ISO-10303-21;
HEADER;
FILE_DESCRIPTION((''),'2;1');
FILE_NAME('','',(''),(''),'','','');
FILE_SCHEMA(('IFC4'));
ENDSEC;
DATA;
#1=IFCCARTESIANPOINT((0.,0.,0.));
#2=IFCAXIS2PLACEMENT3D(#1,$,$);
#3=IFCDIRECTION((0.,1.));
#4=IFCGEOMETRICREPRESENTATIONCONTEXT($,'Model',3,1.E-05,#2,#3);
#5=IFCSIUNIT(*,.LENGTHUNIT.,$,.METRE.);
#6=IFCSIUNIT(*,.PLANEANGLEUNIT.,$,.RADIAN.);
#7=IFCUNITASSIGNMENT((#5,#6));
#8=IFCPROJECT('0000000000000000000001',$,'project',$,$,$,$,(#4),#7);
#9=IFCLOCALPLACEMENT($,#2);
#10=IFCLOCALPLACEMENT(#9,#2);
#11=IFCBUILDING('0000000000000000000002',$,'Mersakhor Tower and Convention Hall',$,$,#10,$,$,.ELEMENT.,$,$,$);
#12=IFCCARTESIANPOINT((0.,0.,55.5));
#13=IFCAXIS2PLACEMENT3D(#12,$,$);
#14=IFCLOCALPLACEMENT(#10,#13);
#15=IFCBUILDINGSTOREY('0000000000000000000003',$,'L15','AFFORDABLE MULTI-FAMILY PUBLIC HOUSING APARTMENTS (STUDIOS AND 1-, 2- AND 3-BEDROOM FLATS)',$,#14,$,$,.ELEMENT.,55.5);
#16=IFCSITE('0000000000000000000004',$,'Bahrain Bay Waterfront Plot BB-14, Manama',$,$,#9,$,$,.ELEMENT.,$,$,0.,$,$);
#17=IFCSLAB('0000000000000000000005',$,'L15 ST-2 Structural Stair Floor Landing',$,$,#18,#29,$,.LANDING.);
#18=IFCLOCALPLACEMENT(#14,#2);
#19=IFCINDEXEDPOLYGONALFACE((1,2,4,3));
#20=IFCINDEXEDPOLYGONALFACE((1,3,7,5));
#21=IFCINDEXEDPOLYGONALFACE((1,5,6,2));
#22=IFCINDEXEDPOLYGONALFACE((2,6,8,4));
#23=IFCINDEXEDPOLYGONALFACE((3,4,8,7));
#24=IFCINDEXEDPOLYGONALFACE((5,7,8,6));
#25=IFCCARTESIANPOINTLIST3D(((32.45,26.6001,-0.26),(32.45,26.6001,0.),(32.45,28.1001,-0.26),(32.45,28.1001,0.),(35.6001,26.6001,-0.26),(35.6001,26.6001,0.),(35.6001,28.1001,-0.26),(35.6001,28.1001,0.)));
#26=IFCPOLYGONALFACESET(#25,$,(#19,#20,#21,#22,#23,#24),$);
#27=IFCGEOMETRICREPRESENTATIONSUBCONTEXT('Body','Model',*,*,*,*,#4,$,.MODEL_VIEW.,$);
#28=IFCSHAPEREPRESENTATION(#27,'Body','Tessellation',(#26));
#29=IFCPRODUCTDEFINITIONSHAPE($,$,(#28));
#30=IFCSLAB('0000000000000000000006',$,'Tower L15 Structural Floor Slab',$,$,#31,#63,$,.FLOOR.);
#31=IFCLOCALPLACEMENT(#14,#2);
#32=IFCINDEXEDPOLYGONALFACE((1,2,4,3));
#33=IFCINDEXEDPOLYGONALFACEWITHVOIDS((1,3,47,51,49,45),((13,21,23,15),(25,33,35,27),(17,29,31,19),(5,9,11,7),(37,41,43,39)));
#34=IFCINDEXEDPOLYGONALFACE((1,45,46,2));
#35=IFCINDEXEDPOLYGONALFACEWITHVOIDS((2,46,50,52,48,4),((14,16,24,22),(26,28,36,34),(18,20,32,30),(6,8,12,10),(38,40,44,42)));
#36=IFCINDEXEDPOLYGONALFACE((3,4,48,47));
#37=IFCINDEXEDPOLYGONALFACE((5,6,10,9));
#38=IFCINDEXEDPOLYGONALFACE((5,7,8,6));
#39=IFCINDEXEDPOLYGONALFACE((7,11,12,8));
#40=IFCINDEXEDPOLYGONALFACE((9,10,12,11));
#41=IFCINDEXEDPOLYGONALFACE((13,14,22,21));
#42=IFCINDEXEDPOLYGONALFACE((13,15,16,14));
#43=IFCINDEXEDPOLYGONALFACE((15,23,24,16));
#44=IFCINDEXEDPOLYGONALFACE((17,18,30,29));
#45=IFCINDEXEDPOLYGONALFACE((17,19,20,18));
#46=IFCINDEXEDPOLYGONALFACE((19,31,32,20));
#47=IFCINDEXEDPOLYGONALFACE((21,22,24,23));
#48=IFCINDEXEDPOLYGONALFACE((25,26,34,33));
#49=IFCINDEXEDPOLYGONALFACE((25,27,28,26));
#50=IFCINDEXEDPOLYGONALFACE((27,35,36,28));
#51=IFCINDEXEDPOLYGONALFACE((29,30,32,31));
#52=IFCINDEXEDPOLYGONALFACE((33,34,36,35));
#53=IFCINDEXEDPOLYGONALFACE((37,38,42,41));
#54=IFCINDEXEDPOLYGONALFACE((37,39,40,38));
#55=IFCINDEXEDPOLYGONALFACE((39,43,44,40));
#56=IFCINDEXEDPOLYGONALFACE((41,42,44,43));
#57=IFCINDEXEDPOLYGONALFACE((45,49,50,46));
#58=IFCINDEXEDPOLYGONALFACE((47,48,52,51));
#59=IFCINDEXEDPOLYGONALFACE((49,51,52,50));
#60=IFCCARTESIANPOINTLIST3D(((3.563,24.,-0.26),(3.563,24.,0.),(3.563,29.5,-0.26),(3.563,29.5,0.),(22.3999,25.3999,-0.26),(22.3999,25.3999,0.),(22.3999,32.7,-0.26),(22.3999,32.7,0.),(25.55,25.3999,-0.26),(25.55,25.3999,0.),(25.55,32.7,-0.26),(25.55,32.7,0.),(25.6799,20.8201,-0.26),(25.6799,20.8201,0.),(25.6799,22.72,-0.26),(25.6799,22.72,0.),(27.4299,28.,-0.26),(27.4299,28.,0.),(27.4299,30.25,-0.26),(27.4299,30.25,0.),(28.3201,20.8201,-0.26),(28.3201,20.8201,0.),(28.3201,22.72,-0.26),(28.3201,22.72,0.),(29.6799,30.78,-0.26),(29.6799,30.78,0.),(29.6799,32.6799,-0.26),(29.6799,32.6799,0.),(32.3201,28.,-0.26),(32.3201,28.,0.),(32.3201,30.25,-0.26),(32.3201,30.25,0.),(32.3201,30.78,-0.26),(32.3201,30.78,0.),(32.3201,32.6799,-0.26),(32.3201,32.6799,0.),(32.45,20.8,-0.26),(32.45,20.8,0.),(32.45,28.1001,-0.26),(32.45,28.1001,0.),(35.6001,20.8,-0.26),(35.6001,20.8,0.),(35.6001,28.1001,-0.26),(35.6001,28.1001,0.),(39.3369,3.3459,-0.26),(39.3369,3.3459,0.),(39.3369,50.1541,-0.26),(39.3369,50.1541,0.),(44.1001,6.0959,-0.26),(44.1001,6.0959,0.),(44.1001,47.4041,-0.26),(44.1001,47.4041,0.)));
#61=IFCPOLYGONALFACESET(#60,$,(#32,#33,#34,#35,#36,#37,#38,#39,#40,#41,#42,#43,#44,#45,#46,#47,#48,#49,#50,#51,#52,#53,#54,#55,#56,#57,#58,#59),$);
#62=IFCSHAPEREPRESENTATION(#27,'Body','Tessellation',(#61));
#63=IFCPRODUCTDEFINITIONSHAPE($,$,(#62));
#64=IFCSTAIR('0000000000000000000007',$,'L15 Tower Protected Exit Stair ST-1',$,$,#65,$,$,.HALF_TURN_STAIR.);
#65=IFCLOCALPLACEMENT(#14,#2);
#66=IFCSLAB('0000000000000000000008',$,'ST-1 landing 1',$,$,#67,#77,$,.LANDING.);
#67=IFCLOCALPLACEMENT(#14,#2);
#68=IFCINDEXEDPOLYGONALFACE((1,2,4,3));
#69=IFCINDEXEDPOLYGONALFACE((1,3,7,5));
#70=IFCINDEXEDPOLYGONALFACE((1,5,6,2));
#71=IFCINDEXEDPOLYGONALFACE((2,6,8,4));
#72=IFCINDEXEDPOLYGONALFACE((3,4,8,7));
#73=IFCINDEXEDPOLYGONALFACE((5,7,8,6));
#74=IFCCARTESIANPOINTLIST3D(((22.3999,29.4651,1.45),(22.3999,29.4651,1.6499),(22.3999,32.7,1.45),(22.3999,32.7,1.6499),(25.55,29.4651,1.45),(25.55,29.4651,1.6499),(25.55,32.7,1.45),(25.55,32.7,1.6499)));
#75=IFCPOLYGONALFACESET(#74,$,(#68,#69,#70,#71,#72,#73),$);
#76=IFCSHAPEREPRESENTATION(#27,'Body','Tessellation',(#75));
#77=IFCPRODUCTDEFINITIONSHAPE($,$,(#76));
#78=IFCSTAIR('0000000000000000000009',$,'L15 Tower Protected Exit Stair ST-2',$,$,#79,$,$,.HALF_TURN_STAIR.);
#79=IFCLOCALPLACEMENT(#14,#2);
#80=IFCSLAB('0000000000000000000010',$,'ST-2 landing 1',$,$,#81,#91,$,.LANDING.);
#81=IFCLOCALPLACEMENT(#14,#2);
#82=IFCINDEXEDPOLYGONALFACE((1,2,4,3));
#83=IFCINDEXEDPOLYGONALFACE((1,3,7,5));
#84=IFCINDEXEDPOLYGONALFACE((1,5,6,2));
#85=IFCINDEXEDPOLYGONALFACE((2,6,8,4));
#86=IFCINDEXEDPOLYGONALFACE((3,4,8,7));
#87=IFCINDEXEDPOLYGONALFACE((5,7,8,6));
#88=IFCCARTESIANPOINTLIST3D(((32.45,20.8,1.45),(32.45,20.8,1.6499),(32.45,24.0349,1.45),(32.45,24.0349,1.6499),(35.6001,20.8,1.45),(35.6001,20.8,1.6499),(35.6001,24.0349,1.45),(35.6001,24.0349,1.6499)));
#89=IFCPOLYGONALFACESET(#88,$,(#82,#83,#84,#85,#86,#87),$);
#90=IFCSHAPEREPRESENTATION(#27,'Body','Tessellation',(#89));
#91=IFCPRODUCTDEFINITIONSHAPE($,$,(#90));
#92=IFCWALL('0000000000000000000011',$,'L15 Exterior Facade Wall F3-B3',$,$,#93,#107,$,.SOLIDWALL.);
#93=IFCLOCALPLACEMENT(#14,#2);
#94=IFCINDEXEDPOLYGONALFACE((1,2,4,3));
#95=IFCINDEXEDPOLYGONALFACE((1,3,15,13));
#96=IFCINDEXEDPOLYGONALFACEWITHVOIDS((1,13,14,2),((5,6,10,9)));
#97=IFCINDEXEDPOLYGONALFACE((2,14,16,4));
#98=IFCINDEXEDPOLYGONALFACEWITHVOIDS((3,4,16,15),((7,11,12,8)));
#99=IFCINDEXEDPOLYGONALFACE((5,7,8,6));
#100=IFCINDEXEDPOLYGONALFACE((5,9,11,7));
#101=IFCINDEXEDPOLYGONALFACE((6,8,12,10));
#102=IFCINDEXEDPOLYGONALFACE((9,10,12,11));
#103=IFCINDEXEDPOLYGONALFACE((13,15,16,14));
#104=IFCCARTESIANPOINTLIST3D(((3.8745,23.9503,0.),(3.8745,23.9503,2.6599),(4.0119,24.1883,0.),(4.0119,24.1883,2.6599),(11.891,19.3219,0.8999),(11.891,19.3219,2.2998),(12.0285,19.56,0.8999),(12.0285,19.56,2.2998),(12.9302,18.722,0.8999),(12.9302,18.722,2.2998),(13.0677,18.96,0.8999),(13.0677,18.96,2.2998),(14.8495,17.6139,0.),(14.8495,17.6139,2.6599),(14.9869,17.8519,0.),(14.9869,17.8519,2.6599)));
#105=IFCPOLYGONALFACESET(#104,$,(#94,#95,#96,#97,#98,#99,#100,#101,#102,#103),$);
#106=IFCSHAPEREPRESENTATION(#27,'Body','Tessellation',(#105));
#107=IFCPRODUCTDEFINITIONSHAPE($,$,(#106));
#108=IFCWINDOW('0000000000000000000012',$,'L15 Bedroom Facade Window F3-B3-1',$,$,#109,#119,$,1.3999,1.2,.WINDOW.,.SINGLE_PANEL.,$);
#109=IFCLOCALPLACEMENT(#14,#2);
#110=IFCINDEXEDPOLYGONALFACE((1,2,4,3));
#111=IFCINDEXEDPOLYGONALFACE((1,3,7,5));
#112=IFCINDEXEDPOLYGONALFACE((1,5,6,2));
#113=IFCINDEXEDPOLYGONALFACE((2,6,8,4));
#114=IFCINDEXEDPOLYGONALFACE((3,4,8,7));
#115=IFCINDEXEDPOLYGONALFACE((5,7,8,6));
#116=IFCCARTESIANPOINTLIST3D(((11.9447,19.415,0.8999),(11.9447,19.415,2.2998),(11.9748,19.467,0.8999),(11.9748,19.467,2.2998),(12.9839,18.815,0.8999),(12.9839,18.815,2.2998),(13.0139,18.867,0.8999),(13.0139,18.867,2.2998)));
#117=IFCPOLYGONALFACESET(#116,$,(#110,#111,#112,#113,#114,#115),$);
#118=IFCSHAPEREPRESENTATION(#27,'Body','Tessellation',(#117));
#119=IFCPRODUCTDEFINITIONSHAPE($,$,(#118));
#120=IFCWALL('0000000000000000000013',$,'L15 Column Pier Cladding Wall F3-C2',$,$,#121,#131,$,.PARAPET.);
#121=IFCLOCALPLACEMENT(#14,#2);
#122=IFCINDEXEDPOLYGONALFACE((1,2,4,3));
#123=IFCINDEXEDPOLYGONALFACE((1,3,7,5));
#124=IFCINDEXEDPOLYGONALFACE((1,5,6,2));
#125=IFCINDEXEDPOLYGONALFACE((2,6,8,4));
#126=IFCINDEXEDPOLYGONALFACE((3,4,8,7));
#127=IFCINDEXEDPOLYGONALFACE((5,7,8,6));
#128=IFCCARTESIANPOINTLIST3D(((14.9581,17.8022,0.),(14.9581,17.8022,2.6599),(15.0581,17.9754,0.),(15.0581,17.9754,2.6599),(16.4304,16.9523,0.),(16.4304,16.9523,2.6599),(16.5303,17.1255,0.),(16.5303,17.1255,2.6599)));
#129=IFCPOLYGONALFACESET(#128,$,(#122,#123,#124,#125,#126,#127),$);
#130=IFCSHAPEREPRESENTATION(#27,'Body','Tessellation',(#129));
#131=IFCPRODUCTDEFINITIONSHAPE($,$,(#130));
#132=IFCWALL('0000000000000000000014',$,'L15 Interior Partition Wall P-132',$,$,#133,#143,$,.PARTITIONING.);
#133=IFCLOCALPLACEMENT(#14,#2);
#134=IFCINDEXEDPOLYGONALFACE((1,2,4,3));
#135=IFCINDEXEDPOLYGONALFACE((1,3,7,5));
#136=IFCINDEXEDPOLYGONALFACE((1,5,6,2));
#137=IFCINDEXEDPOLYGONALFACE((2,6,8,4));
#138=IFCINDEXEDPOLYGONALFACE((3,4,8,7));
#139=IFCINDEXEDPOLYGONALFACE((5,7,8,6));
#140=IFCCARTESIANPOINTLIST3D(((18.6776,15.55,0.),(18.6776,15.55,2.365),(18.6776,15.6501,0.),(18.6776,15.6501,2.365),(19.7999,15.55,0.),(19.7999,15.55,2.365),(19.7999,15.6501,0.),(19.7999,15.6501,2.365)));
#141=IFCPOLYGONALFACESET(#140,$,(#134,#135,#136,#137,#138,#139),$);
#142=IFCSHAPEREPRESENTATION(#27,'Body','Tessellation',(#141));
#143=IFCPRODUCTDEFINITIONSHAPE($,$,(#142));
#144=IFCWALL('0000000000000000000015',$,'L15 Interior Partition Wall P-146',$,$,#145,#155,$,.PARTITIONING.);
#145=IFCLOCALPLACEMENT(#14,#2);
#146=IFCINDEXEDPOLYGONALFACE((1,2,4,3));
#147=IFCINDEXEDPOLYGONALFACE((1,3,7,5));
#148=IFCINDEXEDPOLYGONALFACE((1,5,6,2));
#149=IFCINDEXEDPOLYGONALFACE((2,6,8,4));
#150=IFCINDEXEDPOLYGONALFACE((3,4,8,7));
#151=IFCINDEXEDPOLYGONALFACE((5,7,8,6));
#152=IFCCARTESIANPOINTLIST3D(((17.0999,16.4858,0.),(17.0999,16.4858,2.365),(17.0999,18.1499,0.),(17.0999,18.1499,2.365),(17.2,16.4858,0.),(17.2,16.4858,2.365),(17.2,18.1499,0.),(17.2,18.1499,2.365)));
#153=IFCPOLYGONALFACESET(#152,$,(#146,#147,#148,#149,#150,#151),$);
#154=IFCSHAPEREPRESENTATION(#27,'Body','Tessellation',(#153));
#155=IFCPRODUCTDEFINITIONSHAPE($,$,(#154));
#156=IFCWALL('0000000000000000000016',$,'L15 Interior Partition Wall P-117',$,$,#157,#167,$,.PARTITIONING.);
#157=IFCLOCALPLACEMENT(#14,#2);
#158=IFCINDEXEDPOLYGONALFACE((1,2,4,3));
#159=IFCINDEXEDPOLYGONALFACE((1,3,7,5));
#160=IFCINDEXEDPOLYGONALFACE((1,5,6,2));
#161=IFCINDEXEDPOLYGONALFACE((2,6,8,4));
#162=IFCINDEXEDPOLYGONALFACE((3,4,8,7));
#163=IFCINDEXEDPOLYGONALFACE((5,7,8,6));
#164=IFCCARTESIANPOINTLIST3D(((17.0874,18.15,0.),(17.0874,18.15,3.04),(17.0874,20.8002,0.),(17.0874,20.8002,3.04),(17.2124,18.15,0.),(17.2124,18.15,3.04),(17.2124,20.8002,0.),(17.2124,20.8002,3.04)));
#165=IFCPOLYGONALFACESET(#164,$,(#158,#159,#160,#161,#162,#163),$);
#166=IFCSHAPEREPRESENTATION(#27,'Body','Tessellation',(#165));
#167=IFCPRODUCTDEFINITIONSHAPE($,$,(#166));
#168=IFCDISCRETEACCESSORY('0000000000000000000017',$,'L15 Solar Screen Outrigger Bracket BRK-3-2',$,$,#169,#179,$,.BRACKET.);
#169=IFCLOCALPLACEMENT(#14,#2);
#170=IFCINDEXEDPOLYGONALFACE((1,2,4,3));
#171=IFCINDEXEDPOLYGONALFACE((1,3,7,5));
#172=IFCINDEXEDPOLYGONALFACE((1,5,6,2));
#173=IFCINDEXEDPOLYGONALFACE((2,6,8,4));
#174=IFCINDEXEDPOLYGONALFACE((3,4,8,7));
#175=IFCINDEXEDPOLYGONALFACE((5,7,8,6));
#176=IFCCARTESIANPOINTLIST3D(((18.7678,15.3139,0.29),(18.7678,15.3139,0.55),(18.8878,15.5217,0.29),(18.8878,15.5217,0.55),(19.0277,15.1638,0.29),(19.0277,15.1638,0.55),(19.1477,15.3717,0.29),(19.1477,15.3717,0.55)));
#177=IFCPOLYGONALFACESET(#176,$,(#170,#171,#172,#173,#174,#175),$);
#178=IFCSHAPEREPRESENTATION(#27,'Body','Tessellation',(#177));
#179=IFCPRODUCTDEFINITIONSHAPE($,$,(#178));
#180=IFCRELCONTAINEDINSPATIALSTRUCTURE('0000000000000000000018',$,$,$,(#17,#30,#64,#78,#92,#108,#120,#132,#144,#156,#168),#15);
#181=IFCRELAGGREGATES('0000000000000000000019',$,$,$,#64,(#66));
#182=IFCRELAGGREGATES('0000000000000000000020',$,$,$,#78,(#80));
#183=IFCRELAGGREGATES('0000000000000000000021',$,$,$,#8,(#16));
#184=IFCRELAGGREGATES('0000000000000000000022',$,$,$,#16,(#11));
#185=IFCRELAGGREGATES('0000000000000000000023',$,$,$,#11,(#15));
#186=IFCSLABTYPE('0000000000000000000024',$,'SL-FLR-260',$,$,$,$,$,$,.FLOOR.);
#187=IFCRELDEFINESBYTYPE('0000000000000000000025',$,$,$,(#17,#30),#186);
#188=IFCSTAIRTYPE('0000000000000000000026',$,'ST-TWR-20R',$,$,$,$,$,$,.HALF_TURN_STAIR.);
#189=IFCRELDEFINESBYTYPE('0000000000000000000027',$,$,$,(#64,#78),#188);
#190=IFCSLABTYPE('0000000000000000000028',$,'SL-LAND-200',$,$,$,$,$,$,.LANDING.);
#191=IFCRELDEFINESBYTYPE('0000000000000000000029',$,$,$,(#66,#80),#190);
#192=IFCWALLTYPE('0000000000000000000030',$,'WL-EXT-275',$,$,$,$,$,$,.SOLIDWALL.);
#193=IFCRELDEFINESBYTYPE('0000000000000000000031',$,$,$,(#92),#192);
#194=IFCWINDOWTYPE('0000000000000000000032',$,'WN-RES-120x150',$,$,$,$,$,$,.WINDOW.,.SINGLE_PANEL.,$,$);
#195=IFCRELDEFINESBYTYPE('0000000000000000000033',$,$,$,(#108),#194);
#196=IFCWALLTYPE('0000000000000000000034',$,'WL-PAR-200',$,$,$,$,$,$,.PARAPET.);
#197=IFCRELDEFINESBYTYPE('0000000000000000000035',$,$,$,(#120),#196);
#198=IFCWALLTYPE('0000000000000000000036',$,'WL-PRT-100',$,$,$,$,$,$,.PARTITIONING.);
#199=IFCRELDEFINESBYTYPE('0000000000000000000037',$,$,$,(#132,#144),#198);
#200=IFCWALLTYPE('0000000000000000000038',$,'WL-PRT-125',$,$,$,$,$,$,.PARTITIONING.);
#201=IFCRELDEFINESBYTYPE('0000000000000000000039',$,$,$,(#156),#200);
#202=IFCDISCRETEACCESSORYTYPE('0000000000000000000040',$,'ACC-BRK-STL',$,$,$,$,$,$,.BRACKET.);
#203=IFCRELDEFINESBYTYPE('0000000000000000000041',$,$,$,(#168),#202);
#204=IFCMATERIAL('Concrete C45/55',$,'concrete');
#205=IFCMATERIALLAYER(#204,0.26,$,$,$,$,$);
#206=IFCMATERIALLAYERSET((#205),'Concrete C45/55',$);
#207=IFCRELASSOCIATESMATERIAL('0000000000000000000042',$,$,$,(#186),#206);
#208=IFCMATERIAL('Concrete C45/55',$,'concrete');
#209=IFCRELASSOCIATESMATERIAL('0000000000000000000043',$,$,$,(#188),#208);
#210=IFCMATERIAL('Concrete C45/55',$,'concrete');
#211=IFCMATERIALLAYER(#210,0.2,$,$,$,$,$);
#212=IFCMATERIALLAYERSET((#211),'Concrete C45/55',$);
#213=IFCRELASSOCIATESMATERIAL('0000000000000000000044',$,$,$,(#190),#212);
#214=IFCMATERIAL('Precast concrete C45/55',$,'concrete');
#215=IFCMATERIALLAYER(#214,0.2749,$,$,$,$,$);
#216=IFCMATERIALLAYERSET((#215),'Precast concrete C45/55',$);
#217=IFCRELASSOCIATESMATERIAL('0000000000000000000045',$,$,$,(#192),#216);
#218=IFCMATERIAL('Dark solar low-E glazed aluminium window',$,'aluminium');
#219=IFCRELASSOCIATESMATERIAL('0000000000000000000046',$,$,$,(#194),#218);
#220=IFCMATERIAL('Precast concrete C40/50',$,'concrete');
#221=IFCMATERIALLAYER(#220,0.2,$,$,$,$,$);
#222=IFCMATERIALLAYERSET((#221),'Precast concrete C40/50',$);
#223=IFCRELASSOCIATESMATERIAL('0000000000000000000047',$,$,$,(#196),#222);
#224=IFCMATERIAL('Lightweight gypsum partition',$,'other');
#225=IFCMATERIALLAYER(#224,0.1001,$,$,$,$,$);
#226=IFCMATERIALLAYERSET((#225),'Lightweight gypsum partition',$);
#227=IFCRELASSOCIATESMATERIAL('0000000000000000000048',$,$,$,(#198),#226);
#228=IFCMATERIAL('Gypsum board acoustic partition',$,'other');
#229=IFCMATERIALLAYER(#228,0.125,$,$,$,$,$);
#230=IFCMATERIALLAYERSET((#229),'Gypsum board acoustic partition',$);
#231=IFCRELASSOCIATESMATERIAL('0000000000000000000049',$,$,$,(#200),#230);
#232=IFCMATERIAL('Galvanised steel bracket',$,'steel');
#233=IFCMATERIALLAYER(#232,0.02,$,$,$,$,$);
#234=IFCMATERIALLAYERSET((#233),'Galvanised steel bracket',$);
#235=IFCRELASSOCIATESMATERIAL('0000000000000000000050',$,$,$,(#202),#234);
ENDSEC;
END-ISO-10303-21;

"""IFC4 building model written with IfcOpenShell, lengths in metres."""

from ifc_helpers import new_model, si_unit, direction, frame, frame_2d, origin, origin_2d, place, context, subcontext, project, spatial, polyline, rectangle, outline, extrude, material, layer, layer_set, type_object, element, fill, aggregate, save


model = new_model("IFC4")

# Units and contexts
model_context = context("Model", 3, precision=1e-05, world=origin(), true_north=direction((0.0, 1.0)))
body_context = subcontext(model_context, "Body", "Model", "MODEL_VIEW")
ifc_project = project(units=[si_unit("LENGTHUNIT", "METRE"), si_unit("PLANEANGLEUNIT", "RADIAN")], contexts=[model_context])

# Site, building, storey
site_placement = place(None, origin())
site = spatial("IfcSite", under=ifc_project, at=site_placement, Name="Bahrain Bay Waterfront Plot BB-14, Manama", CompositionType="ELEMENT", RefElevation=0.0)
building_placement = place(site_placement, origin())
building = spatial("IfcBuilding", under=site, at=building_placement, Name="Mersakhor Tower and Convention Hall", CompositionType="ELEMENT")
storey_placement = place(building_placement, frame((0.0, 0.0, 55.5)))
storey = spatial("IfcBuildingStorey", under=building, at=storey_placement, Name="L15", Description="AFFORDABLE MULTI-FAMILY PUBLIC HOUSING APARTMENTS (STUDIOS AND 1-, 2- AND 3-BEDROOM FLATS)", CompositionType="ELEMENT", Elevation=55.5)

# Slabs
ifc_material_1 = material(Name="Concrete C45/55", Category="concrete")
ifc_layer_1 = layer(ifc_material_1, 0.26)
ifc_layer_set_1 = layer_set([ifc_layer_1], Name="Concrete C45/55")
slab_type_1 = type_object("IfcSlabType", Name="SL-FLR-260", PredefinedType="FLOOR", material=ifc_layer_set_1)
slab_1_placement = place(storey_placement, frame((0.0, 0.0, -0.26)))
element("IfcSlab", 1, at=slab_1_placement, inside=storey, type_object=slab_type_1, Name="L15 ST-2 Structural Stair Floor Landing", PredefinedType="LANDING", context=body_context, shape_type="SweptSolid", body=[
    extrude(outline(polyline([(32.45, 28.1001), (32.45, 26.6001), (35.6001, 26.6001), (35.6001, 28.1001), (32.45, 28.1001)])), origin(), (0.0, 0.0, 1.0), 0.26),
])
slab_2_placement = place(storey_placement, frame((0.0, 0.0, -0.26)))
element("IfcSlab", 2, at=slab_2_placement, inside=storey, type_object=slab_type_1, Name="Tower L15 Structural Floor Slab", PredefinedType="FLOOR", context=body_context, shape_type="SweptSolid", body=[
    extrude(outline(polyline([(3.563, 29.5), (39.3369, 50.1541), (44.1001, 47.4041), (44.1001, 6.0959), (39.3369, 3.3459), (3.563, 24.0), (3.563, 29.5)]), holes=[polyline([(25.55, 25.3999), (25.55, 32.7), (22.3999, 32.7), (22.3999, 25.3999), (25.55, 25.3999)]), polyline([(32.45, 28.1001), (32.45, 20.8), (35.6001, 20.8), (35.6001, 28.1001), (32.45, 28.1001)]), polyline([(25.6799, 20.8201), (25.6799, 22.72), (28.3201, 22.72), (28.3201, 20.8201), (25.6799, 20.8201)]), polyline([(29.6799, 30.78), (29.6799, 32.6799), (32.3201, 32.6799), (32.3201, 30.78), (29.6799, 30.78)]), polyline([(27.4299, 28.0), (27.4299, 30.25), (32.3201, 30.25), (32.3201, 28.0), (27.4299, 28.0)])]), origin(), (0.0, 0.0, 1.0), 0.26),
])

# Stairs, slabs
ifc_material_2 = material(Name="Concrete C45/55", Category="concrete")
stair_type = type_object("IfcStairType", Name="ST-TWR-20R", PredefinedType="HALF_TURN_STAIR", material=ifc_material_2)
stair_1_placement = place(storey_placement, origin())
stair_1 = element("IfcStair", 3, at=stair_1_placement, inside=storey, type_object=stair_type, Name="L15 Tower Protected Exit Stair ST-1", PredefinedType="HALF_TURN_STAIR")
ifc_material_3 = material(Name="Concrete C45/55", Category="concrete")
ifc_layer_2 = layer(ifc_material_3, 0.2)
ifc_layer_set_2 = layer_set([ifc_layer_2], Name="Concrete C45/55")
slab_type_2 = type_object("IfcSlabType", Name="SL-LAND-200", PredefinedType="LANDING", material=ifc_layer_set_2)
slab_3_placement = place(storey_placement, frame((0.0, 0.0, 1.45)))
slab_3 = element("IfcSlab", 4, at=slab_3_placement, type_object=slab_type_2, Name="ST-1 landing 1", PredefinedType="LANDING", context=body_context, shape_type="SweptSolid", body=[
    extrude(outline(polyline([(25.55, 29.4651), (25.55, 32.7), (22.3999, 32.7), (22.3999, 29.4651), (25.55, 29.4651)])), origin(), (0.0, 0.0, 1.0), 0.2),
])
aggregate(stair_1, [slab_3])
stair_2_placement = place(storey_placement, origin())
stair_2 = element("IfcStair", 5, at=stair_2_placement, inside=storey, type_object=stair_type, Name="L15 Tower Protected Exit Stair ST-2", PredefinedType="HALF_TURN_STAIR")
slab_4_placement = place(storey_placement, frame((0.0, 0.0, 1.45)))
slab_4 = element("IfcSlab", 6, at=slab_4_placement, type_object=slab_type_2, Name="ST-2 landing 1", PredefinedType="LANDING", context=body_context, shape_type="SweptSolid", body=[
    extrude(outline(polyline([(32.45, 24.0349), (32.45, 20.8), (35.6001, 20.8), (35.6001, 24.0349), (32.45, 24.0349)])), origin(), (0.0, 0.0, 1.0), 0.2),
])
aggregate(stair_2, [slab_4])

# Wall, opening, window
ifc_material_4 = material(Name="Precast concrete C45/55", Category="concrete")
ifc_layer_3 = layer(ifc_material_4, 0.2749)
ifc_layer_set_3 = layer_set([ifc_layer_3], Name="Precast concrete C45/55")
wall_type_1 = type_object("IfcWallType", Name="WL-EXT-275", PredefinedType="SOLIDWALL", material=ifc_layer_set_3)
wall_1_placement = place(storey_placement, frame((14.9182, 17.7329, 0.0), z_axis=(0.0, 0.0, 1.0), x_axis=(-0.866027, 0.499997, 0.0)))
wall_1 = element("IfcWall", 7, at=wall_1_placement, inside=storey, type_object=wall_type_1, Name="L15 Exterior Facade Wall F3-B3", PredefinedType="SOLIDWALL", context=body_context, shape_type="SweptSolid", body=[
    extrude(rectangle(XDim=12.6729, YDim=0.2749, at=frame_2d((6.3364, 0.0))), origin(), (0.0, 0.0, 1.0), 2.6599),
])
opening_placement = place(wall_1_placement, frame((2.2161, 0.0, 0.8999)))
opening = element("IfcOpeningElement", 8, at=opening_placement, cuts=wall_1, PredefinedType="OPENING", context=body_context, shape_type="SweptSolid", body=[
    extrude(rectangle(XDim=1.2, YDim=1.3999, at=frame_2d((0.6001, 0.7))), frame((0.0, 0.1475, 0.0), z_axis=(0.0, -1.0, 0.0), x_axis=(1.0, 0.0, 0.0)), (0.0, 0.0, 1.0), 0.2949),
])
ifc_material_5 = material(Name="Dark solar low-E glazed aluminium window", Category="aluminium")
window_type = type_object("IfcWindowType", Name="WN-RES-120x150", PartitioningType="SINGLE_PANEL", PredefinedType="WINDOW", material=ifc_material_5)
window_placement = place(opening_placement, origin())
window = element("IfcWindow", 9, at=window_placement, inside=storey, type_object=window_type, Name="L15 Bedroom Facade Window F3-B3-1", OverallHeight=1.3999, OverallWidth=1.2, PartitioningType="SINGLE_PANEL", PredefinedType="WINDOW", context=body_context, shape_type="SweptSolid", body=[
    extrude(rectangle(XDim=1.2, YDim=1.3999, at=frame_2d((0.6001, 0.7))), frame((0.0, 0.03, 0.0), z_axis=(0.0, -1.0, 0.0), x_axis=(1.0, 0.0, 0.0)), (0.0, 0.0, 1.0), 0.0601),
])
fill(opening, window)

# Walls
ifc_material_6 = material(Name="Precast concrete C40/50", Category="concrete")
ifc_layer_4 = layer(ifc_material_6, 0.2)
ifc_layer_set_4 = layer_set([ifc_layer_4], Name="Precast concrete C40/50")
wall_type_2 = type_object("IfcWallType", Name="WL-PAR-200", PredefinedType="PARAPET", material=ifc_layer_set_4)
wall_2_placement = place(storey_placement, frame((16.4805, 17.0388, 0.0), z_axis=(0.0, 0.0, 1.0), x_axis=(-0.866052, 0.499955, 0.0)))
element("IfcWall", 10, at=wall_2_placement, inside=storey, type_object=wall_type_2, Name="L15 Column Pier Cladding Wall F3-C2", PredefinedType="PARAPET", context=body_context, shape_type="SweptSolid", body=[
    extrude(rectangle(XDim=1.7, YDim=0.2, at=frame_2d((0.8501, 0.0))), origin(), (0.0, 0.0, 1.0), 2.6599),
])
ifc_material_7 = material(Name="Lightweight gypsum partition", Category="other")
ifc_layer_5 = layer(ifc_material_7, 0.1001)
ifc_layer_set_5 = layer_set([ifc_layer_5], Name="Lightweight gypsum partition")
wall_type_3 = type_object("IfcWallType", Name="WL-PRT-100", PredefinedType="PARTITIONING", material=ifc_layer_set_5)
wall_3_placement = place(storey_placement, frame((18.6777, 15.6001, 0.0), z_axis=(0.0, 0.0, 1.0), x_axis=(1.0, 0.0, 0.0)))
element("IfcWall", 11, at=wall_3_placement, inside=storey, type_object=wall_type_3, Name="L15 Interior Partition Wall P-132", PredefinedType="PARTITIONING", context=body_context, shape_type="SweptSolid", body=[
    extrude(rectangle(XDim=1.1223, YDim=0.1001, at=frame_2d((0.561, 0.0))), origin(), (0.0, 0.0, 1.0), 2.365),
])
wall_4_placement = place(storey_placement, frame((17.1499, 18.1499, 0.0), z_axis=(0.0, 0.0, 1.0), x_axis=(0.0, -1.0, 0.0)))
element("IfcWall", 12, at=wall_4_placement, inside=storey, type_object=wall_type_3, Name="L15 Interior Partition Wall P-146", PredefinedType="PARTITIONING", context=body_context, shape_type="SweptSolid", body=[
    extrude(rectangle(XDim=1.6641, YDim=0.1001, at=frame_2d((0.832, 0.0))), origin(), (0.0, 0.0, 1.0), 2.365),
])
ifc_material_8 = material(Name="Gypsum board acoustic partition", Category="other")
ifc_layer_6 = layer(ifc_material_8, 0.125)
ifc_layer_set_6 = layer_set([ifc_layer_6], Name="Gypsum board acoustic partition")
wall_type_4 = type_object("IfcWallType", Name="WL-PRT-125", PredefinedType="PARTITIONING", material=ifc_layer_set_6)
wall_5_placement = place(storey_placement, frame((17.1499, 18.1499, 0.0), z_axis=(0.0, 0.0, 1.0), x_axis=(0.0, 1.0, 0.0)))
element("IfcWall", 13, at=wall_5_placement, inside=storey, type_object=wall_type_4, Name="L15 Interior Partition Wall P-117", PredefinedType="PARTITIONING", context=body_context, shape_type="SweptSolid", body=[
    extrude(rectangle(XDim=2.6501, YDim=0.125, at=frame_2d((1.3252, 0.0))), origin(), (0.0, 0.0, 1.0), 3.04),
])

# Discrete accessory
ifc_material_9 = material(Name="Galvanised steel bracket", Category="steel")
ifc_layer_7 = layer(ifc_material_9, 0.02)
ifc_layer_set_7 = layer_set([ifc_layer_7], Name="Galvanised steel bracket")
discrete_accessory_type = type_object("IfcDiscreteAccessoryType", Name="ACC-BRK-STL", PredefinedType="BRACKET", material=ifc_layer_set_7)
discrete_accessory_1_placement = place(storey_placement, frame((18.9578, 15.3428, 0.29), z_axis=(0.0, 0.0, 1.0), x_axis=(-0.866025, 0.5, 0.0)))
element("IfcDiscreteAccessory", 14, at=discrete_accessory_1_placement, inside=storey, type_object=discrete_accessory_type, Name="L15 Solar Screen Outrigger Bracket BRK-3-2", PredefinedType="BRACKET", context=body_context, shape_type="SweptSolid", body=[
    extrude(rectangle(XDim=0.3, YDim=0.24, at=origin_2d()), origin(), (0.0, 0.0, 1.0), 0.26),
])

save(model, "model.ifc")
